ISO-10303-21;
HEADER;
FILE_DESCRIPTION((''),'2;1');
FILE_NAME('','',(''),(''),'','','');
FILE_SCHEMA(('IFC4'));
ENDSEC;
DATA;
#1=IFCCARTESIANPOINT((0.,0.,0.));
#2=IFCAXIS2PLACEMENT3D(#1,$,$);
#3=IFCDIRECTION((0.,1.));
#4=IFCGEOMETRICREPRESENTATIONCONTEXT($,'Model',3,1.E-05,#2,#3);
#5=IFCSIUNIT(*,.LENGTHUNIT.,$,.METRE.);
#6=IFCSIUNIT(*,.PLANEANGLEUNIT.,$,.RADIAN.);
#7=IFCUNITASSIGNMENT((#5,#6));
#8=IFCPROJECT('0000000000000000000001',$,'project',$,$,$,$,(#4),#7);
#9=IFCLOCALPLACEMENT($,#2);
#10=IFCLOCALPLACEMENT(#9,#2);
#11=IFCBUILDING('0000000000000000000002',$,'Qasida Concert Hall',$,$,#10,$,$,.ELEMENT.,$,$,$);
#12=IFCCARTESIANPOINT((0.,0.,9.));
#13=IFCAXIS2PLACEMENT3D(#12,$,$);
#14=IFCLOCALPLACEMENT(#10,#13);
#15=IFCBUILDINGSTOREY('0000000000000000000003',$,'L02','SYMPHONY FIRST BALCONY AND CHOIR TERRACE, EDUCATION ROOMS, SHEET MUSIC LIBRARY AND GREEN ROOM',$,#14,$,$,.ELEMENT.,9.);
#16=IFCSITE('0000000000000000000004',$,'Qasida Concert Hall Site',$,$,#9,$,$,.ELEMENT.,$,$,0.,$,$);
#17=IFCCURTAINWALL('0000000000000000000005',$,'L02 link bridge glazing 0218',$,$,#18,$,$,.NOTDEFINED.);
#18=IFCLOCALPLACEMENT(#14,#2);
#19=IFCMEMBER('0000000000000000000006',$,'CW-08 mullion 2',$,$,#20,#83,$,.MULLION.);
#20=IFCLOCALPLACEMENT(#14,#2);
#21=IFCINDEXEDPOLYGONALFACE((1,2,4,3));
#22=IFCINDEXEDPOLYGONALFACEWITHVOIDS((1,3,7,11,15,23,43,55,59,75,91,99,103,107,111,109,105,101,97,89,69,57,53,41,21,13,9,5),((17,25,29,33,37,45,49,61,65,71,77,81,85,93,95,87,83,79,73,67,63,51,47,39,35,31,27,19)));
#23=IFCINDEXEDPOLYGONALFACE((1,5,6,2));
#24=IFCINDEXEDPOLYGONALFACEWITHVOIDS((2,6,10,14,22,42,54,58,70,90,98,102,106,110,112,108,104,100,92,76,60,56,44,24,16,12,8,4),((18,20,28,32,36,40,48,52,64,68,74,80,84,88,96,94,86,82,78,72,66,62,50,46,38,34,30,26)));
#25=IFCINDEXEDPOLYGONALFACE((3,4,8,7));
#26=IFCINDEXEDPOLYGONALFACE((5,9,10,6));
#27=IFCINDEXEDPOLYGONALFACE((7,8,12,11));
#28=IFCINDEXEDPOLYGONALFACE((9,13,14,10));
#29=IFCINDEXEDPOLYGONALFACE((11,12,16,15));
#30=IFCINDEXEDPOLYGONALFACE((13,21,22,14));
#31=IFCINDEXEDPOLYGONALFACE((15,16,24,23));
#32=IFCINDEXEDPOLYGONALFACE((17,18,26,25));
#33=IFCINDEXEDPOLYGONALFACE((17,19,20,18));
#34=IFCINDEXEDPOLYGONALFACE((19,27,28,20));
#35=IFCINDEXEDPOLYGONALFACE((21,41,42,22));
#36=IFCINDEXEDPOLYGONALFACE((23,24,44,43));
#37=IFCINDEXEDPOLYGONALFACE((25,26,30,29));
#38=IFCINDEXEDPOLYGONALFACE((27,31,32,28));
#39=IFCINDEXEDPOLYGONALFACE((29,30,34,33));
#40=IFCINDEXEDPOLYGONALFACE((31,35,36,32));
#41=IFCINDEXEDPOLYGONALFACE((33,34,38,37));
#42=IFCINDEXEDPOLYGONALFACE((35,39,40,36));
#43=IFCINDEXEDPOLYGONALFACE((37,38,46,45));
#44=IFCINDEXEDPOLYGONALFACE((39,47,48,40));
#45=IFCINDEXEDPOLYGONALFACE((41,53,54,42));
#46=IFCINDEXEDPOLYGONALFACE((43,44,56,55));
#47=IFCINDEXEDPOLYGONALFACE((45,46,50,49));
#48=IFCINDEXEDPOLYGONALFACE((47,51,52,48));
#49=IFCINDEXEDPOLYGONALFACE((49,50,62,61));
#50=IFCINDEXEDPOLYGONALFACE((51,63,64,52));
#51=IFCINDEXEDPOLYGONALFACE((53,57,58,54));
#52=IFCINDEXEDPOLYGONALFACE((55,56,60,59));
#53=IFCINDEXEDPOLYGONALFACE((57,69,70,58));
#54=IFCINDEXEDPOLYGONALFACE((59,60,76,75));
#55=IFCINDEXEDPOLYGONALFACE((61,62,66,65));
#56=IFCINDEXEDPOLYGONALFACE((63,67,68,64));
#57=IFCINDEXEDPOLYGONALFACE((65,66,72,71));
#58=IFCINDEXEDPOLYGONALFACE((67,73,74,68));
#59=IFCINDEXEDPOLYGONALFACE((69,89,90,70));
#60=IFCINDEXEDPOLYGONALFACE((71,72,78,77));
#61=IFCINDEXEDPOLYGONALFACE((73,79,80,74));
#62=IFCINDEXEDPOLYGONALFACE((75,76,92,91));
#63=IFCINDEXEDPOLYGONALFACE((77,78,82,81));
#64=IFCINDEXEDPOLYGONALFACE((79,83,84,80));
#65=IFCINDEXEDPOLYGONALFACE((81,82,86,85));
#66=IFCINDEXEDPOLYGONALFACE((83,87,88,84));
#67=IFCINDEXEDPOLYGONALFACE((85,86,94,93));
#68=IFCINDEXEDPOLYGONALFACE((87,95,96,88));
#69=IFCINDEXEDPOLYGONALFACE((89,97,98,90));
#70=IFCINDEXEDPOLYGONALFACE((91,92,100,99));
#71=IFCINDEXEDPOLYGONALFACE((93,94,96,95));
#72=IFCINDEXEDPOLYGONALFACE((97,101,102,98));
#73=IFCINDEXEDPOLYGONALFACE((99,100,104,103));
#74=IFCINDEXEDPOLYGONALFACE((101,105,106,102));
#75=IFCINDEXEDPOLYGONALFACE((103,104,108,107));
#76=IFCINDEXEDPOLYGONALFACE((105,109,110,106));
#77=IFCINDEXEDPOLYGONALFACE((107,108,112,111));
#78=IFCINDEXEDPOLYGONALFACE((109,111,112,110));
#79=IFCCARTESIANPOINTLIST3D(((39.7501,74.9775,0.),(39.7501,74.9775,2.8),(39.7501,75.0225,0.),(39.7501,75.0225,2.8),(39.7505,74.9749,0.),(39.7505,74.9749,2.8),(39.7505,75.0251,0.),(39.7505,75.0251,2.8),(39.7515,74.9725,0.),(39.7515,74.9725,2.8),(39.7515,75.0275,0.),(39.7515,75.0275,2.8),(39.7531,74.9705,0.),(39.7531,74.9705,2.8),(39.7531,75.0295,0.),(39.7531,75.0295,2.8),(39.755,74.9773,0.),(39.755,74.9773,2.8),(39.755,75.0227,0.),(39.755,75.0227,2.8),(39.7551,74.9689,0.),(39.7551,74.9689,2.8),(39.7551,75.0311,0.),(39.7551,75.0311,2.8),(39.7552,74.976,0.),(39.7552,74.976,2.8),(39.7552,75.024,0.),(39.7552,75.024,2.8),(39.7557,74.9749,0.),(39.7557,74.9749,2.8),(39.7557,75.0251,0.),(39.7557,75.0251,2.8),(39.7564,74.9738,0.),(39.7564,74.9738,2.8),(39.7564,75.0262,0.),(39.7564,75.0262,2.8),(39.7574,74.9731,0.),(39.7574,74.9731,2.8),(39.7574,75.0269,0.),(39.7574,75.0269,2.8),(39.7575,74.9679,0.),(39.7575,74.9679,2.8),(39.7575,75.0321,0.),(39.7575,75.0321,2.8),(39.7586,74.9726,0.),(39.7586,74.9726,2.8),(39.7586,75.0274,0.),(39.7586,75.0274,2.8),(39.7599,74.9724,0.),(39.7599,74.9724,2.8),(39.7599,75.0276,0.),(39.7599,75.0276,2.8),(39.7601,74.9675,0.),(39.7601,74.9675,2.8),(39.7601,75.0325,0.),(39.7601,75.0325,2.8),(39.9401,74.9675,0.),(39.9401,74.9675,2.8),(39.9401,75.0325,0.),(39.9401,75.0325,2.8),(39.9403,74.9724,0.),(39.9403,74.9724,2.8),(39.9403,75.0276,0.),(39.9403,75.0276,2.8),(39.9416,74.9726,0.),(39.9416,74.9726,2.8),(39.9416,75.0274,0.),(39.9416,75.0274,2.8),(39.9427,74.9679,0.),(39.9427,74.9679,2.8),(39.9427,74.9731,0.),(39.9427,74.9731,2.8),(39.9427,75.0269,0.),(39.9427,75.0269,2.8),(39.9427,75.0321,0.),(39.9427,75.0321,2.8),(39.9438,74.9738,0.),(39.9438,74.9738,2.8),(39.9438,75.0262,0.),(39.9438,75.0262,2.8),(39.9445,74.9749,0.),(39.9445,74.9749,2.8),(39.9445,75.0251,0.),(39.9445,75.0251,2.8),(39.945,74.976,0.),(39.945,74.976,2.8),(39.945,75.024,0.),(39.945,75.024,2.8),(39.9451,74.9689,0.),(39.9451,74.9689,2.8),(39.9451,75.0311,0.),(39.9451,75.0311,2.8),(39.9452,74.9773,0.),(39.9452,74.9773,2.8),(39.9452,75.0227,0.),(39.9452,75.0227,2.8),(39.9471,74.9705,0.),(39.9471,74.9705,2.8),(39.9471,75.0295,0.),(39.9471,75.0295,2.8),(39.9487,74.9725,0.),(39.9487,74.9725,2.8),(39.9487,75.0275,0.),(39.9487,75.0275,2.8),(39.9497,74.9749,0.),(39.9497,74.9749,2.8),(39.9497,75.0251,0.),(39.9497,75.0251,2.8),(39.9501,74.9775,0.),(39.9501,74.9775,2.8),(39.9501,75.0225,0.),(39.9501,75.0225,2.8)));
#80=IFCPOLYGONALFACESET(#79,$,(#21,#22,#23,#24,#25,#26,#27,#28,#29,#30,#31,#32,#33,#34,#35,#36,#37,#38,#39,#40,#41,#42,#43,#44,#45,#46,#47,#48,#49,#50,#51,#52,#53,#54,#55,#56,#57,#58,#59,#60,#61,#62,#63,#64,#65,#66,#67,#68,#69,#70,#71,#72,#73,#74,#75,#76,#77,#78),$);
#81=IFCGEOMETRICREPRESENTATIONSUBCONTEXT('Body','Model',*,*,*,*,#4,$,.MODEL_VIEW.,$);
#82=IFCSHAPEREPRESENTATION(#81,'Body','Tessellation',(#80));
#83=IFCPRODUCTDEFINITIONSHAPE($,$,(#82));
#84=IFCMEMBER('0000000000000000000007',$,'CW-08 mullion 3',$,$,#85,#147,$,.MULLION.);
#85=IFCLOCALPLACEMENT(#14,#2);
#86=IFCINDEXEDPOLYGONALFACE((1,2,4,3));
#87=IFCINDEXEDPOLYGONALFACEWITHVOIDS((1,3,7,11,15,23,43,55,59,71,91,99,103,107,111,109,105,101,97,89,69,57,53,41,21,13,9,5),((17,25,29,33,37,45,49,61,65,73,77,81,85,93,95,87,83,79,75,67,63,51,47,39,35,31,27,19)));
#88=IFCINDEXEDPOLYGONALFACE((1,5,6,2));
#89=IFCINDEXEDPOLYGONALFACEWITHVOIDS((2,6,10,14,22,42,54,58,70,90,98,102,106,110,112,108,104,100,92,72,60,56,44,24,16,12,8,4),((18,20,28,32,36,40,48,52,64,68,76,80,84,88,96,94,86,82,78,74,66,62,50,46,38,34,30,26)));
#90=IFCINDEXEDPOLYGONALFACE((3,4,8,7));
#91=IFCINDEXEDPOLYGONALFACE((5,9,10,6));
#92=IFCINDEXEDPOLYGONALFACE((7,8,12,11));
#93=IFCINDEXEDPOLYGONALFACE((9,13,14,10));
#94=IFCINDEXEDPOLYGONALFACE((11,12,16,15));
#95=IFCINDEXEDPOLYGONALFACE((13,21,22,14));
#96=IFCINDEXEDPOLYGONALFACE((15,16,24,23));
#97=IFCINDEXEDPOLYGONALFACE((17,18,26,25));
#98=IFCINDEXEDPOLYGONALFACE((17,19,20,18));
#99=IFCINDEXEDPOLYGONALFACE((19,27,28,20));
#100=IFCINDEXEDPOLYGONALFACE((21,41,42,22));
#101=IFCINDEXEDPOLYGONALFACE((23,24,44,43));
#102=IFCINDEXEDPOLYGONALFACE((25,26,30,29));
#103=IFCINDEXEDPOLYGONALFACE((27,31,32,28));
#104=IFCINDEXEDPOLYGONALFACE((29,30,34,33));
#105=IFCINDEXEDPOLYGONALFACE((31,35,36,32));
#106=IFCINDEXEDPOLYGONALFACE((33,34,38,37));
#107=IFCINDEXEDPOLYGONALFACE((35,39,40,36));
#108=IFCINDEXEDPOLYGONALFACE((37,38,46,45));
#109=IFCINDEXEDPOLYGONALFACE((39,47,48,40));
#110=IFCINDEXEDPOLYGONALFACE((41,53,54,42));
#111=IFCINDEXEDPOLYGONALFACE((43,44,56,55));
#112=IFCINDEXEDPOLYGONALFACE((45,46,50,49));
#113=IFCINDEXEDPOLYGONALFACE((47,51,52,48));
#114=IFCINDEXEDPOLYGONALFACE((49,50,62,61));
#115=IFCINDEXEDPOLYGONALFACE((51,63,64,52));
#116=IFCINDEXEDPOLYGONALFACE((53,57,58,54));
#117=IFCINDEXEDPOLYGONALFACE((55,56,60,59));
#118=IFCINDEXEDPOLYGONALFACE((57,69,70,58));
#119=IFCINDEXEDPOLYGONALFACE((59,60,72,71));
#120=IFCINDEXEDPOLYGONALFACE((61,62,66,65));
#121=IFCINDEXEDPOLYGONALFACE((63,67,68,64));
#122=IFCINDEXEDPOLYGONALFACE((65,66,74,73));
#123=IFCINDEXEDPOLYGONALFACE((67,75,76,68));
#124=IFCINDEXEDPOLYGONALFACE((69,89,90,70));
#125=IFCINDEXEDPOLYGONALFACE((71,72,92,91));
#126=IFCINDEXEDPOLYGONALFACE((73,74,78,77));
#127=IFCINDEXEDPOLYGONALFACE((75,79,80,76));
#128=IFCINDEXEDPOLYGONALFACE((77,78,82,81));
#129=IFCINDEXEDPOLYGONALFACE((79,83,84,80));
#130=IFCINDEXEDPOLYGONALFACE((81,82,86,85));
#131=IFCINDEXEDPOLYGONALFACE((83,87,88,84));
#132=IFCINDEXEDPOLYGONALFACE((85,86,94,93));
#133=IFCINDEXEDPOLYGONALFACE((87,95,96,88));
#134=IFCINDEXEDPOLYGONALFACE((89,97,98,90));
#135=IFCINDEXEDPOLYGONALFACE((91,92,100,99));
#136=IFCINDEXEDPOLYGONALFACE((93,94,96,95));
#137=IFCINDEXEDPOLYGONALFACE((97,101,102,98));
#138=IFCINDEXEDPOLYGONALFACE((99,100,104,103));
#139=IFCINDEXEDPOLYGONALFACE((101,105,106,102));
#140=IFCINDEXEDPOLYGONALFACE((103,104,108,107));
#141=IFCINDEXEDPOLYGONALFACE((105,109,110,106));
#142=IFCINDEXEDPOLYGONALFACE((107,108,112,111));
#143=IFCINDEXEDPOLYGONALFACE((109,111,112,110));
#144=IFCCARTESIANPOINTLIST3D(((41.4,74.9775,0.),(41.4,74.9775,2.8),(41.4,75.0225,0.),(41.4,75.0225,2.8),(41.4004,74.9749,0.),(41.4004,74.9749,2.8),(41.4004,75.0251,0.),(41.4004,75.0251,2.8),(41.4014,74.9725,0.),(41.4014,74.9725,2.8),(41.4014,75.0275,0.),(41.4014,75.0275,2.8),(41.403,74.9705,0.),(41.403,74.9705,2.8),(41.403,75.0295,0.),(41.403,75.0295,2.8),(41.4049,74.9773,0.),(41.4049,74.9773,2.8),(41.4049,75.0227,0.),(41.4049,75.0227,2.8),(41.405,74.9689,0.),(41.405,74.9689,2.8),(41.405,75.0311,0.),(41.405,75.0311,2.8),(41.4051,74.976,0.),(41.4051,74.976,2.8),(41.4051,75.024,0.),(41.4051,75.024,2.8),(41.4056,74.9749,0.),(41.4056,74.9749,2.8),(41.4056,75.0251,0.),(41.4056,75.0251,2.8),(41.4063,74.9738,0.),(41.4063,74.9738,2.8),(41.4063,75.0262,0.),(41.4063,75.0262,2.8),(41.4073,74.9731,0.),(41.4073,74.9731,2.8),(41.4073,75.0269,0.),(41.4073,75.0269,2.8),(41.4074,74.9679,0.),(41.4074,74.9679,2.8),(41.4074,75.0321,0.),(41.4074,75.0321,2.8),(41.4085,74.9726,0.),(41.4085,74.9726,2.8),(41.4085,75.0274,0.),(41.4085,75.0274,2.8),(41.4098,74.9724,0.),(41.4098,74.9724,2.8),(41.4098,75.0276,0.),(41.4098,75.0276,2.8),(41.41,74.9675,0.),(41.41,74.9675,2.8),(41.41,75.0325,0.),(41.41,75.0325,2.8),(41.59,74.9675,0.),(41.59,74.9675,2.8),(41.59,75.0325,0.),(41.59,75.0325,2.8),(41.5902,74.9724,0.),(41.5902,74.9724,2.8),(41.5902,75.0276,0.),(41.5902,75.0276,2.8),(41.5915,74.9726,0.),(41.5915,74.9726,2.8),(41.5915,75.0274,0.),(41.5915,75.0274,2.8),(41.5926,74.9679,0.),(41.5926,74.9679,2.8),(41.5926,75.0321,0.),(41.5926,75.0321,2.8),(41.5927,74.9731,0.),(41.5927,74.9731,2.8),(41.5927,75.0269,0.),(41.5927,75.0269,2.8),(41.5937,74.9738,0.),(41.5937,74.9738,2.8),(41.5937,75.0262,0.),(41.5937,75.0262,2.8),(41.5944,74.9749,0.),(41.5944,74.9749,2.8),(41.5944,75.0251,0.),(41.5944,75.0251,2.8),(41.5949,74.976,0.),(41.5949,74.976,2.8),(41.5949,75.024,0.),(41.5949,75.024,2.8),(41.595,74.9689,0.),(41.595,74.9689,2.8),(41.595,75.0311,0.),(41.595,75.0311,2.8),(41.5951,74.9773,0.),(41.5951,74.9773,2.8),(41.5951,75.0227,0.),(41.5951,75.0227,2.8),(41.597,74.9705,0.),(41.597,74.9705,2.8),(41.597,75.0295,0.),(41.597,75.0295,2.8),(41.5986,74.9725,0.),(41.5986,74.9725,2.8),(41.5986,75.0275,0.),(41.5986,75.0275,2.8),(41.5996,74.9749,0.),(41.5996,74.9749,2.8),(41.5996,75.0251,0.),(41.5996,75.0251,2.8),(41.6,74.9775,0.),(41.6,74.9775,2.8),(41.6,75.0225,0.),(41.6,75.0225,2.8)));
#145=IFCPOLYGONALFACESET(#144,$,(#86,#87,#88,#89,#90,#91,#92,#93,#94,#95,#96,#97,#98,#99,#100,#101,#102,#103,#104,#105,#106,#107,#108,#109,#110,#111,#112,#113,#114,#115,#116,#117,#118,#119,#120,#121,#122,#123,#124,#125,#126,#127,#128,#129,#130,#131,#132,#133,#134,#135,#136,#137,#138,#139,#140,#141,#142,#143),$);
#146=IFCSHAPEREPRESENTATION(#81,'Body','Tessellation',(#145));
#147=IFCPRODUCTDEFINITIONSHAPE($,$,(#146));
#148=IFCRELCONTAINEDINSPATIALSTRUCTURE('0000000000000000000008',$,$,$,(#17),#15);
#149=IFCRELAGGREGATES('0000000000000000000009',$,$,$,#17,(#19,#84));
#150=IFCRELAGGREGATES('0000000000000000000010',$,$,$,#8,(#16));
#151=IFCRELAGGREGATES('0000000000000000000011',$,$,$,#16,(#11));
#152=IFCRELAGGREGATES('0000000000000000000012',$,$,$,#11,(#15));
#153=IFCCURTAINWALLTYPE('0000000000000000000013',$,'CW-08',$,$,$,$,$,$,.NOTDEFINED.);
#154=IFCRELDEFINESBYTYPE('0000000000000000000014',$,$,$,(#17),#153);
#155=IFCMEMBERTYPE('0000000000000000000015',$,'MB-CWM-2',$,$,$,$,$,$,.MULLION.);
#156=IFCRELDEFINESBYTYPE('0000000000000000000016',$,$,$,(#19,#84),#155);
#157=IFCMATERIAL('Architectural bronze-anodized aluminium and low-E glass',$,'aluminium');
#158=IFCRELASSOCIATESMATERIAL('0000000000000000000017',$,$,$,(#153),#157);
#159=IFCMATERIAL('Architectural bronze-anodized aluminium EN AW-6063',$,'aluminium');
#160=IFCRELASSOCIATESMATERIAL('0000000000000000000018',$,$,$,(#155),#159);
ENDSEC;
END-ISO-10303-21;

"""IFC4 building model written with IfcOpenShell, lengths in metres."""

from ifc_helpers import new_model, si_unit, direction, frame, origin, origin_2d, place, context, subcontext, project, spatial, hollow_rectangle, extrude, material, material_profile, profile_set, type_object, element, aggregate, save


model = new_model("IFC4")

# Units and contexts
model_context = context("Model", 3, precision=1e-05, world=origin(), true_north=direction((0.0, 1.0)))
body_context = subcontext(model_context, "Body", "Model", "MODEL_VIEW")
ifc_project = project(units=[si_unit("LENGTHUNIT", "METRE"), si_unit("PLANEANGLEUNIT", "RADIAN")], contexts=[model_context])

# Site, building, storey
site_placement = place(None, origin())
site = spatial("IfcSite", under=ifc_project, at=site_placement, Name="Qasida Concert Hall Site", CompositionType="ELEMENT", RefElevation=0.0)
building_placement = place(site_placement, origin())
building = spatial("IfcBuilding", under=site, at=building_placement, Name="Qasida Concert Hall", CompositionType="ELEMENT")
storey_placement = place(building_placement, frame((0.0, 0.0, 9.0)))
storey = spatial("IfcBuildingStorey", under=building, at=storey_placement, Name="L02", Description="SYMPHONY FIRST BALCONY AND CHOIR TERRACE, EDUCATION ROOMS, SHEET MUSIC LIBRARY AND GREEN ROOM", CompositionType="ELEMENT", Elevation=9.0)

# Curtain wall, members
ifc_material_1 = material(Name="Architectural bronze-anodized aluminium and low-E glass", Category="aluminium")
curtain_wall_type = type_object("IfcCurtainWallType", Name="CW-08", PredefinedType="NOTDEFINED", material=ifc_material_1)
curtain_wall_placement = place(storey_placement, origin())
curtain_wall = element("IfcCurtainWall", 1, at=curtain_wall_placement, inside=storey, type_object=curtain_wall_type, Name="L02 link bridge glazing 0218", PredefinedType="NOTDEFINED")
ifc_material_2 = material(Name="Architectural bronze-anodized aluminium EN AW-6063", Category="aluminium")
ifc_material_profile_1 = material_profile(ifc_material_2, hollow_rectangle(XDim=0.0649, YDim=0.2, WallThickness=0.0049, InnerFilletRadius=0.0049, OuterFilletRadius=0.01, at=origin_2d()), Name="CWM 200x65x5")
ifc_profile_set_1 = profile_set([ifc_material_profile_1], Name="Architectural bronze-anodized aluminium EN AW-6063")
member_type_1 = type_object("IfcMemberType", Name="MB-CWM-2", PredefinedType="MULLION", material=ifc_profile_set_1)
member_1_placement = place(storey_placement, frame((39.8501, 75.0, 0.0), z_axis=(0.0, 0.0, 1.0), x_axis=(0.0, 1.0, 0.0)))
member_1 = element("IfcMember", 2, at=member_1_placement, type_object=member_type_1, Name="CW-08 mullion 2", PredefinedType="MULLION", context=body_context, shape_type="SweptSolid", body=[
    extrude(hollow_rectangle(XDim=0.0649, YDim=0.2, WallThickness=0.0049, InnerFilletRadius=0.0049, OuterFilletRadius=0.01, at=origin_2d()), origin(), (0.0, 0.0, 1.0), 2.8),
])
member_2_placement = place(storey_placement, frame((41.5, 75.0, 0.0), z_axis=(0.0, 0.0, 1.0), x_axis=(0.0, 1.0, 0.0)))
member_2 = element("IfcMember", 3, at=member_2_placement, type_object=member_type_1, Name="CW-08 mullion 3", PredefinedType="MULLION", context=body_context, shape_type="SweptSolid", body=[
    extrude(hollow_rectangle(XDim=0.0649, YDim=0.2, WallThickness=0.0049, InnerFilletRadius=0.0049, OuterFilletRadius=0.01, at=origin_2d()), origin(), (0.0, 0.0, 1.0), 2.8),
])
aggregate(curtain_wall, [member_1, member_2])

save(model, "model.ifc")
